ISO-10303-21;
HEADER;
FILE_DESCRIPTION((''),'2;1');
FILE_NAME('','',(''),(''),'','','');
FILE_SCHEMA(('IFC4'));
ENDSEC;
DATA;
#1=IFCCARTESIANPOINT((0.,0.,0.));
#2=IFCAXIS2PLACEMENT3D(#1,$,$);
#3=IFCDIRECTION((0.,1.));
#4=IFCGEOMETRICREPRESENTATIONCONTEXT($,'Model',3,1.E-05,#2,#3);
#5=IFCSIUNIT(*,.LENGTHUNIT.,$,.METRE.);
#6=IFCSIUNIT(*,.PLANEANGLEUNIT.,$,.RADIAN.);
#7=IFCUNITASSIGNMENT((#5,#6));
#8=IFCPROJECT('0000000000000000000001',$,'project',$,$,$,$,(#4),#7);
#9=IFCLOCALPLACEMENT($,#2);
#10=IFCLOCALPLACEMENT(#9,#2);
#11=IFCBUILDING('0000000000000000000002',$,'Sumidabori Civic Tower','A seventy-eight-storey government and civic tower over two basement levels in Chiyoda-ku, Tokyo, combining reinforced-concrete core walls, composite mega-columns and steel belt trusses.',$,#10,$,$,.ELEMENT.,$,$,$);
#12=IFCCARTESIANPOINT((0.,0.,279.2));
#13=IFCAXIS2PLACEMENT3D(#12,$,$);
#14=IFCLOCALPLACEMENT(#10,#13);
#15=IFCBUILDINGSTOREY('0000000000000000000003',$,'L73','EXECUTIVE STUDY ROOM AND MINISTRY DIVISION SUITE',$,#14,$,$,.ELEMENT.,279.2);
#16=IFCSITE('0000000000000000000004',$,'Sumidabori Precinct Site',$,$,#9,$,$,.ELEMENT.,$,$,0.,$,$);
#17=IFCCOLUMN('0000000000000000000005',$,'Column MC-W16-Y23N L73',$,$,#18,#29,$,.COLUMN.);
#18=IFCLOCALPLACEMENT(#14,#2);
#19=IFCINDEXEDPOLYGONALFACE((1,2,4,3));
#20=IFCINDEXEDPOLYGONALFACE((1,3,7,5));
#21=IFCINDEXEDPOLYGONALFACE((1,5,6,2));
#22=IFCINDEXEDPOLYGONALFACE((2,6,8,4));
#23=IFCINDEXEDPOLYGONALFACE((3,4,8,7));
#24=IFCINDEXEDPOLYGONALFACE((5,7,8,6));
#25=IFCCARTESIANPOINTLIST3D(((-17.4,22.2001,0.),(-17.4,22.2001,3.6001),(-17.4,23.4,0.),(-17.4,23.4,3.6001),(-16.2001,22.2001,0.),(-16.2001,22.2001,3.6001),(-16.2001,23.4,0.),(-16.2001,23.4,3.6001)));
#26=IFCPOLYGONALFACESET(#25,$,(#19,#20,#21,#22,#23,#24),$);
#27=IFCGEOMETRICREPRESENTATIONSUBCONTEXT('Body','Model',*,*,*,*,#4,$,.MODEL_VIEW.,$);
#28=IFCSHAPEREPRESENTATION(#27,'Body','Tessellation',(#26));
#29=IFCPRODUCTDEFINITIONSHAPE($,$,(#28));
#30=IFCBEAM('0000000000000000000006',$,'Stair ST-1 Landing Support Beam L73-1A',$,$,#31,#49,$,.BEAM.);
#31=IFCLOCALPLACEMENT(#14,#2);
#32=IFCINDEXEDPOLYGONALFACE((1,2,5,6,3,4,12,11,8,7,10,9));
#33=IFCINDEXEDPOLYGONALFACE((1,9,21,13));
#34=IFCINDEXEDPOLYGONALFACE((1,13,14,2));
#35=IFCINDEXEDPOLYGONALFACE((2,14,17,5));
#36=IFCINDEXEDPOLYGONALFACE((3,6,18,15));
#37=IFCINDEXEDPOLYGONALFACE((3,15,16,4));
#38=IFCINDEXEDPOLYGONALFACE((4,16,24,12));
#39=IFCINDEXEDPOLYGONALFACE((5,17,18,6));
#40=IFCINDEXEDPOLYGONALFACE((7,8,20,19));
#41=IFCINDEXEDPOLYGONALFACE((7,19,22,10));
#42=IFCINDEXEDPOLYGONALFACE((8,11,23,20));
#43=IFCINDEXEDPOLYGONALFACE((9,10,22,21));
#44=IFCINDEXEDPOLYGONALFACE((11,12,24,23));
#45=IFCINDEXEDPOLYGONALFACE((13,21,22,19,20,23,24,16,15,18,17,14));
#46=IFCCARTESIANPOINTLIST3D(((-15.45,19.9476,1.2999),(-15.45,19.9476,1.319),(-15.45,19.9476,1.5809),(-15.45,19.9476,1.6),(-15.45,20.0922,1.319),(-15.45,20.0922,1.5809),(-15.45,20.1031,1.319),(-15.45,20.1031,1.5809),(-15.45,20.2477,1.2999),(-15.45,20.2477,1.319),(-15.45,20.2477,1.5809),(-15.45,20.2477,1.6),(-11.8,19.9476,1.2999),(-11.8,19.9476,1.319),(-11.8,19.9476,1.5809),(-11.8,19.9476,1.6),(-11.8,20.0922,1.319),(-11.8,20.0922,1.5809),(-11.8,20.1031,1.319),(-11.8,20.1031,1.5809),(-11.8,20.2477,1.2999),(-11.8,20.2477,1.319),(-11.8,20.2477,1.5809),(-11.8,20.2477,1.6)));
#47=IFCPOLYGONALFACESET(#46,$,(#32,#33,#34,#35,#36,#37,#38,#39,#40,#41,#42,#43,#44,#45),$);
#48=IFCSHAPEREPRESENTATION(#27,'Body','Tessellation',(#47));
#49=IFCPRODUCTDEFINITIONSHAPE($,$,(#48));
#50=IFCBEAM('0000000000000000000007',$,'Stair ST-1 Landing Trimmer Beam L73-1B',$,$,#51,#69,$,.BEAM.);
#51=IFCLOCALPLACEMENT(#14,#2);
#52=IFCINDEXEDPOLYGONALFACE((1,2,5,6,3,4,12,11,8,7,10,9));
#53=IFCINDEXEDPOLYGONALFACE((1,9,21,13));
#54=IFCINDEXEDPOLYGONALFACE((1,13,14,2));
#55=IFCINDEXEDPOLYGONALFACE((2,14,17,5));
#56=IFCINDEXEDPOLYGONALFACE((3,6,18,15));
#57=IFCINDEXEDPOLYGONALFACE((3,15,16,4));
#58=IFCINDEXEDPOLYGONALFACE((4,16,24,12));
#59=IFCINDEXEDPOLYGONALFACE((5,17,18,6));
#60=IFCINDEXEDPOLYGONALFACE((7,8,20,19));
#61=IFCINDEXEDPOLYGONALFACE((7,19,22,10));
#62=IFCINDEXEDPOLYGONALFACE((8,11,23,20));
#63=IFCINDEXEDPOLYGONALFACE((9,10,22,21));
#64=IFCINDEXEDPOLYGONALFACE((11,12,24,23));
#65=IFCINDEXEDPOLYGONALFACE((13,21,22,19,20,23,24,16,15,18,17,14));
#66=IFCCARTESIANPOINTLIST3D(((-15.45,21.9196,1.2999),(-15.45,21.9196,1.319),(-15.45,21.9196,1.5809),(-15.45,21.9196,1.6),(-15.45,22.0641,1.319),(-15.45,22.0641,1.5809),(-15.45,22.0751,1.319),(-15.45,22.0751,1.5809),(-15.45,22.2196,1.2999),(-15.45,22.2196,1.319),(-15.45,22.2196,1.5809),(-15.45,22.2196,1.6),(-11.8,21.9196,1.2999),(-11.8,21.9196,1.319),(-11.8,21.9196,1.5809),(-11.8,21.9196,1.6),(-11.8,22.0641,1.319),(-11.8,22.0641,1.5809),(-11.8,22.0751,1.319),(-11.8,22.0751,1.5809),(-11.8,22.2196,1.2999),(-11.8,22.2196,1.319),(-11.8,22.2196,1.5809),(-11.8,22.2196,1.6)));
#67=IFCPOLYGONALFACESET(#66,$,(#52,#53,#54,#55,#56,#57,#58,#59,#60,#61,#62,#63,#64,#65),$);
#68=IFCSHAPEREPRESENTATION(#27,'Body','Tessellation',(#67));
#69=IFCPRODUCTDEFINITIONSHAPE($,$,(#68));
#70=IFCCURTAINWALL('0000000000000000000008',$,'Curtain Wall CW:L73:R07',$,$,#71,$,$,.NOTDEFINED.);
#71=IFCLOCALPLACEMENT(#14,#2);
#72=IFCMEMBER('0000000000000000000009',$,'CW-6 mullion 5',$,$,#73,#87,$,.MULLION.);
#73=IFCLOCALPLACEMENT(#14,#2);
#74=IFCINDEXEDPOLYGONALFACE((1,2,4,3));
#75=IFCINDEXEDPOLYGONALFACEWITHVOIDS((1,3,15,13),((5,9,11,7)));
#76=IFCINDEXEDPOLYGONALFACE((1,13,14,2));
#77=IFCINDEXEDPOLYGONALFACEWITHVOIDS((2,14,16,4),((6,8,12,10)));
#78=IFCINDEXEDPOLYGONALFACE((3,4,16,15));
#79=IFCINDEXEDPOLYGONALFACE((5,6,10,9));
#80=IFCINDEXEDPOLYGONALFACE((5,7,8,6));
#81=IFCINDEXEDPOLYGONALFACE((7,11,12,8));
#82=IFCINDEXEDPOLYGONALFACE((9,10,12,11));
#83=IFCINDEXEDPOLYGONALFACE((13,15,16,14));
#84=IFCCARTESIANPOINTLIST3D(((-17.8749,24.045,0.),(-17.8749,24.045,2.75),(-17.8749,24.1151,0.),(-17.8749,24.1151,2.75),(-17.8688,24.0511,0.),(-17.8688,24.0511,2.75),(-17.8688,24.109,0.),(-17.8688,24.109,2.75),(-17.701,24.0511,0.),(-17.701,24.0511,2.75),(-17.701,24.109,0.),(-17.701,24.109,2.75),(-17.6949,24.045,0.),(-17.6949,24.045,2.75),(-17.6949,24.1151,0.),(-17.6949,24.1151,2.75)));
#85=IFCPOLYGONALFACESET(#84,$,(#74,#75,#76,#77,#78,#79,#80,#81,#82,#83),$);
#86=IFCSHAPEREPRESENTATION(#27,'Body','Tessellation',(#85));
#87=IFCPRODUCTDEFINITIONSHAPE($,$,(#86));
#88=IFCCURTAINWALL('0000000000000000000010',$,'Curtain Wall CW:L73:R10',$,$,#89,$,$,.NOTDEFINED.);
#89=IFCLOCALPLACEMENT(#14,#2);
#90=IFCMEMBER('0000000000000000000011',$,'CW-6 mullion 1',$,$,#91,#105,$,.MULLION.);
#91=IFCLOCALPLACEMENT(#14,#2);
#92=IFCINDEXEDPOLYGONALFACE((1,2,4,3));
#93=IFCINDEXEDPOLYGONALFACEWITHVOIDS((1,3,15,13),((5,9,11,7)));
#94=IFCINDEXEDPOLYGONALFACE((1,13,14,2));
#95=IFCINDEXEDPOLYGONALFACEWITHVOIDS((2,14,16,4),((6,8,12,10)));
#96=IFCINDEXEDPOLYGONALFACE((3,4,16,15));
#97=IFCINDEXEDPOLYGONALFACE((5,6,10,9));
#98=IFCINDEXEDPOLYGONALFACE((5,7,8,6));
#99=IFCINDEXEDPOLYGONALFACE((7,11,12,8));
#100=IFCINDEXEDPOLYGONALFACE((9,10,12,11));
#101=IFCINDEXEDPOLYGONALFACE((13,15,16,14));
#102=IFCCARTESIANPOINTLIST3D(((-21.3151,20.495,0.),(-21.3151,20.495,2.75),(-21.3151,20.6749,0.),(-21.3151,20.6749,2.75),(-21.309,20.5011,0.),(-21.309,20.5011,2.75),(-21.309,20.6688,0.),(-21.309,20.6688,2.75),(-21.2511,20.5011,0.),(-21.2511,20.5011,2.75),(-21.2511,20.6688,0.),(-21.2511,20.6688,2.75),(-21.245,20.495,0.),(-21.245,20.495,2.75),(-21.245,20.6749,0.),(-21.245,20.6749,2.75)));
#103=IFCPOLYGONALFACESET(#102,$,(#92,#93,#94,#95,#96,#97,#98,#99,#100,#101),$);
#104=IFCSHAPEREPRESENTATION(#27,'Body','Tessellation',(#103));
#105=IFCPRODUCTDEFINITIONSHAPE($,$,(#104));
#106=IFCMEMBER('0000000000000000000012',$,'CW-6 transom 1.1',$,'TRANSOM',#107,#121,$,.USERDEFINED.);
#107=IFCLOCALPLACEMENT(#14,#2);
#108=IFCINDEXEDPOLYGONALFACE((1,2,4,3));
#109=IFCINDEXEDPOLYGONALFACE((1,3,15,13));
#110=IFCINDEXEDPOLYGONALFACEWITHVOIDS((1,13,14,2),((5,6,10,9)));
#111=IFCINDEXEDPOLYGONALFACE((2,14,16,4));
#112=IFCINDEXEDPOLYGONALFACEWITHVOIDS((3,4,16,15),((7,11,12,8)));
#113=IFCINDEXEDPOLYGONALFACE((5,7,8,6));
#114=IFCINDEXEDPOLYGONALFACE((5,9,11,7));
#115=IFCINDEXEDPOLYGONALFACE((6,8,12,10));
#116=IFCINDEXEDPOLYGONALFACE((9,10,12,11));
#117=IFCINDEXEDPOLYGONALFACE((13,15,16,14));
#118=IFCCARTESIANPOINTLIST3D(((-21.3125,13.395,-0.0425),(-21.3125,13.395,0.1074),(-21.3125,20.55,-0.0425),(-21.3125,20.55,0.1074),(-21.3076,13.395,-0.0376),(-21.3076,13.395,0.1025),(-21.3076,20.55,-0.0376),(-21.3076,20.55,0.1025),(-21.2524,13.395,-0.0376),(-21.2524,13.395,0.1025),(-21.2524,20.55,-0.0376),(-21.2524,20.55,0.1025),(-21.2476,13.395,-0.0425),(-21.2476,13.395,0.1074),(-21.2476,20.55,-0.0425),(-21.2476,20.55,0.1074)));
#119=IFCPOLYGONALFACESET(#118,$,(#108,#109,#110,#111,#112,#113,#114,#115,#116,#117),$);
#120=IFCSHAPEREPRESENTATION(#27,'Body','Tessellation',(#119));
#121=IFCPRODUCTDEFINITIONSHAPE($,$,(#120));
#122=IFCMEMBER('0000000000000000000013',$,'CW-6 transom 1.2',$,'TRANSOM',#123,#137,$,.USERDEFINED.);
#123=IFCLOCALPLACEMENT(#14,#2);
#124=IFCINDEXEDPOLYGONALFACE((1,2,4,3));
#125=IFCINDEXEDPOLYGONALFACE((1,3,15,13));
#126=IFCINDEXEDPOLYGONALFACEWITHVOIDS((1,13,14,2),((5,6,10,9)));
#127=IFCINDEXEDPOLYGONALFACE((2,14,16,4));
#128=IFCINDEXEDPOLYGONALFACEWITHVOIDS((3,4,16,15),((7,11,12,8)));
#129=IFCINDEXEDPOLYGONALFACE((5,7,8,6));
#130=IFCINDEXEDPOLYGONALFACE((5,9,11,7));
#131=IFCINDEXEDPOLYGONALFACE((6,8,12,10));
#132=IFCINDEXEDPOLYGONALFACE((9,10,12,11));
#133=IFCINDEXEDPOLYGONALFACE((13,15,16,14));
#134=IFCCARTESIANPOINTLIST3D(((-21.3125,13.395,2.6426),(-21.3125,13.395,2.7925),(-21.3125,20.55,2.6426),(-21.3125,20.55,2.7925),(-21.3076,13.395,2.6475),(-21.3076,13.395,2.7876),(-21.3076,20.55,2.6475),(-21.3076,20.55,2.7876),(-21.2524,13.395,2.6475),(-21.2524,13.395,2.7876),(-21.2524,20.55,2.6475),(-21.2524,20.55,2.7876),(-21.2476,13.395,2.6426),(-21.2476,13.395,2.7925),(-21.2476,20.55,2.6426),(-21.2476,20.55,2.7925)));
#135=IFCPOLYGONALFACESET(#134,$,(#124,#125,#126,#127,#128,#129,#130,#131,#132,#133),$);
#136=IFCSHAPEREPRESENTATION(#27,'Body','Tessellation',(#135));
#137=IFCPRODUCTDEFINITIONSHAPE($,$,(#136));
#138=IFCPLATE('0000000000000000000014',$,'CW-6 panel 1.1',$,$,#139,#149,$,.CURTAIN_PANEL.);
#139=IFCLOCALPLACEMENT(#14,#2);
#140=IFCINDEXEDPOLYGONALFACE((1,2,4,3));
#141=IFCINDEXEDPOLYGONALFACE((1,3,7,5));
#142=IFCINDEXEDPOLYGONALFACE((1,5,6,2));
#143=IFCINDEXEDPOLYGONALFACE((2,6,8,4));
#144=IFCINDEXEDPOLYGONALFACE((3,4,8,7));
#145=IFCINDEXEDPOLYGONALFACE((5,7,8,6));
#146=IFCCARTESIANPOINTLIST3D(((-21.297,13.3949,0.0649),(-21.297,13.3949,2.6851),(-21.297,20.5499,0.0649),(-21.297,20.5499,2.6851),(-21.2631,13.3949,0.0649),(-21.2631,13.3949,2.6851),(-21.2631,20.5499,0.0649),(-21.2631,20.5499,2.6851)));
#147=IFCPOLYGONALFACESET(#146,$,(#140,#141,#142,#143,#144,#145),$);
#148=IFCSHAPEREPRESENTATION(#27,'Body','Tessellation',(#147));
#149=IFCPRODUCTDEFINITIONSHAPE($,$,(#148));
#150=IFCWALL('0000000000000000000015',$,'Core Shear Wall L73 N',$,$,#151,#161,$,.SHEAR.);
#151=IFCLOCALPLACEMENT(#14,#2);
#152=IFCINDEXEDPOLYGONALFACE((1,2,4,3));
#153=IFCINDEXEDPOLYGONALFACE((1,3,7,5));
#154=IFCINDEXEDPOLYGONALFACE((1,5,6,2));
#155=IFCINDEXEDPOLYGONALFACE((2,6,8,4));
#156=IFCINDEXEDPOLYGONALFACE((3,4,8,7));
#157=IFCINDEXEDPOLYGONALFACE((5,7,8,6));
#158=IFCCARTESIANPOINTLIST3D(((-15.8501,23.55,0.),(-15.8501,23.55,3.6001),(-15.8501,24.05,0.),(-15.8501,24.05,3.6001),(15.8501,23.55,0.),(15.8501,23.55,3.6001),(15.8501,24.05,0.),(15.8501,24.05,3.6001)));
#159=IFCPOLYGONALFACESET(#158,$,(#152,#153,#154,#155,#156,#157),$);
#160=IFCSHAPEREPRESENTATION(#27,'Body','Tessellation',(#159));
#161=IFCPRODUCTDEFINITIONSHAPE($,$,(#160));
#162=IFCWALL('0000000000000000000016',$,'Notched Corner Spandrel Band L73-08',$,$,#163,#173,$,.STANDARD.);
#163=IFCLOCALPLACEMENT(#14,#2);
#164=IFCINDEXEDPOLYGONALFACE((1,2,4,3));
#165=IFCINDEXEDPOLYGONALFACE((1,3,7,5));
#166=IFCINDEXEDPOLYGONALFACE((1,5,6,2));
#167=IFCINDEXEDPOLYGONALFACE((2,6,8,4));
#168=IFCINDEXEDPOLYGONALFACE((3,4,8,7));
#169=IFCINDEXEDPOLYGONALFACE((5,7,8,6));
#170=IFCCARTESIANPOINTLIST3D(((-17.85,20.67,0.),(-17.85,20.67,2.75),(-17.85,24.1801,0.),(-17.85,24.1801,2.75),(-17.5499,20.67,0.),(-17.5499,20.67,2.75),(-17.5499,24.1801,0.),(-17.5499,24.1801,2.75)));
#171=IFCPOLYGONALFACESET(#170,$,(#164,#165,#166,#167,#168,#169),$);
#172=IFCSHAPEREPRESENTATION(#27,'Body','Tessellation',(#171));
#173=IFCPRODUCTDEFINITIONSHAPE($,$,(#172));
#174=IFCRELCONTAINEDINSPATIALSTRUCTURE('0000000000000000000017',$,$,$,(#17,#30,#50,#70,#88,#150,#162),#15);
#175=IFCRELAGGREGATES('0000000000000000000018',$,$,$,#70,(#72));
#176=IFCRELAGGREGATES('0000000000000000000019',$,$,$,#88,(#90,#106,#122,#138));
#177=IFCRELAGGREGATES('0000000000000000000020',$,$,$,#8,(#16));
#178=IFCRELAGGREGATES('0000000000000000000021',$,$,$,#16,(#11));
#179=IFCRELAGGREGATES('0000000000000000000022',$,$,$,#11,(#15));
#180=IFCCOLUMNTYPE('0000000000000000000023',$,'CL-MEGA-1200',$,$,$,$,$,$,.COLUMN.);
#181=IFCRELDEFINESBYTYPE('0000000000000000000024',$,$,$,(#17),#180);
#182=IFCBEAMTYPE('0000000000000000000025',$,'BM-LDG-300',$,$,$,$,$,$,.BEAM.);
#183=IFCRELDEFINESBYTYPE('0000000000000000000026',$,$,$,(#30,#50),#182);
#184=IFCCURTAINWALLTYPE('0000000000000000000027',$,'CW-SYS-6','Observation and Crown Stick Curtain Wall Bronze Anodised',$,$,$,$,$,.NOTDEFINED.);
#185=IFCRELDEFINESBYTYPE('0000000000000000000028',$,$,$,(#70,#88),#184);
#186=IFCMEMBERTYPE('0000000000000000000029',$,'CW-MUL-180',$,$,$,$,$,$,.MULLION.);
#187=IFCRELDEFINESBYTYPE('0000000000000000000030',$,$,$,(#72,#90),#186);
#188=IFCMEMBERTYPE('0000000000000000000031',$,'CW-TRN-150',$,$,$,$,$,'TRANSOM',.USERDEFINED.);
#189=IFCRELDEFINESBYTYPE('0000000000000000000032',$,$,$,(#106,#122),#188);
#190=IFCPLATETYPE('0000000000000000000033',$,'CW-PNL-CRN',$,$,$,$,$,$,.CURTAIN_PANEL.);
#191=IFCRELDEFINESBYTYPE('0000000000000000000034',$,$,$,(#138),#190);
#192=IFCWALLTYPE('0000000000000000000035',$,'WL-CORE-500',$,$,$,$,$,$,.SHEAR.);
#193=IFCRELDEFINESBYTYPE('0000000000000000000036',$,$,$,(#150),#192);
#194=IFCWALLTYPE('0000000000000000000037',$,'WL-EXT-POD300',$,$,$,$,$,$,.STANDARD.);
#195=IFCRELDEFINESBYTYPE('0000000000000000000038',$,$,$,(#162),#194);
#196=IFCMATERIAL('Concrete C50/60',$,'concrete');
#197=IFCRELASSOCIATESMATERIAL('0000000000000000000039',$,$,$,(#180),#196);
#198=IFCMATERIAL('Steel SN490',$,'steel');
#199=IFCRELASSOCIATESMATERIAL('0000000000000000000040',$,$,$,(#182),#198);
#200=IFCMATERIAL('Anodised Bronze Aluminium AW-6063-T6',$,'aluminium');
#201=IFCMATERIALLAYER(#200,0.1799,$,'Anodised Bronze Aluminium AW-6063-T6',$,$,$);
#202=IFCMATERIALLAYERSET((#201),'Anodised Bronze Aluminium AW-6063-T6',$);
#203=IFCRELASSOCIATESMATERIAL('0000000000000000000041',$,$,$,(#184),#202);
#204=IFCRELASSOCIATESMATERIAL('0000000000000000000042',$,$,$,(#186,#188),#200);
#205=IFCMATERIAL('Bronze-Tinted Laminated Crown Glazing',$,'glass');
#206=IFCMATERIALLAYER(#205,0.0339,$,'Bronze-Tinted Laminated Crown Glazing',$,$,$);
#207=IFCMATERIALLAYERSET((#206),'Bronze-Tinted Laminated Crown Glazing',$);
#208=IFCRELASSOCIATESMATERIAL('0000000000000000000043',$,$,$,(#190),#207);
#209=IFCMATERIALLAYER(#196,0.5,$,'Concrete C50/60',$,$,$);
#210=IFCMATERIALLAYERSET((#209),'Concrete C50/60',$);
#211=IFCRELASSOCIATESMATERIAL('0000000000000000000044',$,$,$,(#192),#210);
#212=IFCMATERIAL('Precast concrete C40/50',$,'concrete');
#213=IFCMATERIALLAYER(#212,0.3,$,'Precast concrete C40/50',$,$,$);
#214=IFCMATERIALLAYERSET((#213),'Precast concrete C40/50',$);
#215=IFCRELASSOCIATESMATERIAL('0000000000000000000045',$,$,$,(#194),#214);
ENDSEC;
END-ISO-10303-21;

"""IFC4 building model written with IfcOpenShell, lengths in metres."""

from ifc_helpers import new_model, si_unit, direction, frame, frame_2d, origin, origin_2d, place, context, subcontext, project, spatial, rectangle, hollow_rectangle, i_section, extrude, source, transform, mapped, material, layer, layer_set, material_profile, profile_set, type_object, element, aggregate, save


model = new_model("IFC4")

# Units and contexts
model_context = context("Model", 3, precision=1e-05, world=origin(), true_north=direction((0.0, 1.0)))
body_context = subcontext(model_context, "Body", "Model", "MODEL_VIEW")
ifc_project = project(units=[si_unit("LENGTHUNIT", "METRE"), si_unit("PLANEANGLEUNIT", "RADIAN")], contexts=[model_context])

# Site, building, storey
site_placement = place(None, origin())
site = spatial("IfcSite", under=ifc_project, at=site_placement, Name="Sumidabori Precinct Site", CompositionType="ELEMENT", RefElevation=0.0)
building_placement = place(site_placement, origin())
building = spatial("IfcBuilding", under=site, at=building_placement, Name="Sumidabori Civic Tower", Description="A seventy-eight-storey government and civic tower over two basement levels in Chiyoda-ku, Tokyo, combining reinforced-concrete core walls, composite mega-columns and steel belt trusses.", CompositionType="ELEMENT")
storey_placement = place(building_placement, frame((0.0, 0.0, 279.2)))
storey = spatial("IfcBuildingStorey", under=building, at=storey_placement, Name="L73", Description="EXECUTIVE STUDY ROOM AND MINISTRY DIVISION SUITE", CompositionType="ELEMENT", Elevation=279.2)

# Column
ifc_material_1 = material(Name="Concrete C50/60", Category="concrete")
ifc_material_profile_1 = material_profile(ifc_material_1, rectangle(XDim=1.2, YDim=1.2, at=origin_2d()), Name="RC 1200x1200")
ifc_profile_set_1 = profile_set([ifc_material_profile_1], Name="Concrete C50/60")
column_type = type_object("IfcColumnType", Name="CL-MEGA-1200", PredefinedType="COLUMN", material=ifc_profile_set_1)
shared_shape_1 = source(origin(), body_context, "Body", "SweptSolid", [
    extrude(rectangle(XDim=1.2, YDim=1.2, at=origin_2d()), origin(), (0.0, 0.0, 1.0), 3.6001),
])
column_placement = place(storey_placement, frame((-16.8, 22.8, 0.0), z_axis=(0.0, 0.0, 1.0), x_axis=(1.0, 0.0, 0.0)))
element("IfcColumn", 1, at=column_placement, inside=storey, type_object=column_type, Name="Column MC-W16-Y23N L73", PredefinedType="COLUMN", context=body_context, shape_type="MappedRepresentation", body=[
    mapped(shared_shape_1, transform((0.0, 0.0, 0.0), x_axis=(1.0, 0.0, 0.0), y_axis=(0.0, 1.0, 0.0), z_axis=(0.0, 0.0, 1.0), scale=1.0)),
])

# Beams
ifc_material_2 = material(Name="Steel SN490", Category="steel")
ifc_material_profile_2 = material_profile(ifc_material_2, i_section(OverallWidth=0.3, OverallDepth=0.3, WebThickness=0.011, FlangeThickness=0.019, at=origin_2d()), Name="HE 300 B")
ifc_profile_set_2 = profile_set([ifc_material_profile_2], Name="Steel SN490")
beam_type = type_object("IfcBeamType", Name="BM-LDG-300", PredefinedType="BEAM", material=ifc_profile_set_2)
shared_shape_2 = source(origin(), body_context, "Body", "SweptSolid", [
    extrude(i_section(OverallWidth=0.3, OverallDepth=0.3, WebThickness=0.011, FlangeThickness=0.019, at=origin_2d()), origin(), (0.0, 0.0, 1.0), 3.6499),
])
for number, where, z_axis, x_axis, name in (
    (2, (-15.45, 20.0977, 1.45), (1.0, 0.0, 0.0), (0.0, 1.0, 0.0), "Stair ST-1 Landing Support Beam L73-1A"),
    (3, (-15.45, 22.0696, 1.45), (1.0, 0.0, 0.0), (0.0, 1.0, 0.0), "Stair ST-1 Landing Trimmer Beam L73-1B"),
):
    element("IfcBeam", number, at=place(storey_placement, frame(where, z_axis=z_axis, x_axis=x_axis)), inside=storey, type_object=beam_type, Name=name, PredefinedType="BEAM", context=body_context, shape_type="MappedRepresentation", body=[
        mapped(shared_shape_2, transform((0.0, 0.0, 0.0), x_axis=(1.0, 0.0, 0.0), y_axis=(0.0, 1.0, 0.0), z_axis=(0.0, 0.0, 1.0), scale=1.0)),
    ])

# Curtain wall, member
ifc_material_3 = material(Name="Anodised Bronze Aluminium AW-6063-T6", Category="aluminium")
ifc_layer_1 = layer(ifc_material_3, 0.1799, Name="Anodised Bronze Aluminium AW-6063-T6")
ifc_layer_set_1 = layer_set([ifc_layer_1], Name="Anodised Bronze Aluminium AW-6063-T6")
curtain_wall_type = type_object("IfcCurtainWallType", Name="CW-SYS-6", Description="Observation and Crown Stick Curtain Wall Bronze Anodised", PredefinedType="NOTDEFINED", material=ifc_layer_set_1)
curtain_wall_1_placement = place(storey_placement, origin())
curtain_wall_1 = element("IfcCurtainWall", 4, at=curtain_wall_1_placement, inside=storey, type_object=curtain_wall_type, Name="Curtain Wall CW:L73:R07", PredefinedType="NOTDEFINED")
ifc_material_profile_3 = material_profile(ifc_material_3, hollow_rectangle(XDim=0.0701, YDim=0.1799, WallThickness=0.0061, at=origin_2d()), Name="ALU MULLION 180x70")
ifc_profile_set_3 = profile_set([ifc_material_profile_3], Name="Anodised Bronze Aluminium AW-6063-T6")
member_type_1 = type_object("IfcMemberType", Name="CW-MUL-180", PredefinedType="MULLION", material=ifc_profile_set_3)
shared_shape_3 = source(origin(), body_context, "Body", "SweptSolid", [
    extrude(hollow_rectangle(XDim=0.0701, YDim=0.1799, WallThickness=0.0061, at=origin_2d()), origin(), (0.0, 0.0, 1.0), 2.75),
])
member_1_placement = place(storey_placement, frame((-17.7849, 24.0801, 0.0), z_axis=(0.0, 0.0, 1.0), x_axis=(0.0, -1.0, 0.0)))
member_1 = element("IfcMember", 5, at=member_1_placement, type_object=member_type_1, Name="CW-6 mullion 5", PredefinedType="MULLION", context=body_context, shape_type="MappedRepresentation", body=[
    mapped(shared_shape_3, transform((0.0, 0.0, 0.0), x_axis=(1.0, 0.0, 0.0), y_axis=(0.0, 1.0, 0.0), z_axis=(0.0, 0.0, 1.0), scale=1.0)),
])
aggregate(curtain_wall_1, [member_1])

# Curtain wall, members, plate
curtain_wall_2_placement = place(storey_placement, origin())
curtain_wall_2 = element("IfcCurtainWall", 6, at=curtain_wall_2_placement, inside=storey, type_object=curtain_wall_type, Name="Curtain Wall CW:L73:R10", PredefinedType="NOTDEFINED")
member_2_placement = place(storey_placement, frame((-21.28, 20.585, 0.0), z_axis=(0.0, 0.0, 1.0), x_axis=(1.0, 0.0, 0.0)))
member_2 = element("IfcMember", 7, at=member_2_placement, type_object=member_type_1, Name="CW-6 mullion 1", PredefinedType="MULLION", context=body_context, shape_type="MappedRepresentation", body=[
    mapped(shared_shape_3, transform((0.0, 0.0, 0.0), x_axis=(1.0, 0.0, 0.0), y_axis=(0.0, 1.0, 0.0), z_axis=(0.0, 0.0, 1.0), scale=1.0)),
])
ifc_material_profile_4 = material_profile(ifc_material_3, hollow_rectangle(XDim=0.0649, YDim=0.1499, WallThickness=0.0049, at=origin_2d()), Name="ALU TRANSOM 150x65")
ifc_profile_set_4 = profile_set([ifc_material_profile_4], Name="Anodised Bronze Aluminium AW-6063-T6")
member_type_2 = type_object("IfcMemberType", Name="CW-TRN-150", ElementType="TRANSOM", PredefinedType="USERDEFINED", material=ifc_profile_set_4)
shared_shape_4 = source(origin(), body_context, "Body", "SweptSolid", [
    extrude(hollow_rectangle(XDim=0.0649, YDim=0.1499, WallThickness=0.0049, at=origin_2d()), origin(), (0.0, 0.0, 1.0), 7.155),
])
member_3_placement = place(storey_placement, frame((-21.28, 20.55, 0.0325), z_axis=(0.0, -1.0, 0.0), x_axis=(1.0, 0.0, 0.0)))
member_3 = element("IfcMember", 8, at=member_3_placement, type_object=member_type_2, Name="CW-6 transom 1.1", ObjectType="TRANSOM", PredefinedType="USERDEFINED", context=body_context, shape_type="MappedRepresentation", body=[
    mapped(shared_shape_4, transform((0.0, 0.0, 0.0), x_axis=(1.0, 0.0, 0.0), y_axis=(0.0, 1.0, 0.0), z_axis=(0.0, 0.0, 1.0), scale=1.0)),
])
member_4_placement = place(storey_placement, frame((-21.28, 20.55, 2.7175), z_axis=(0.0, -1.0, 0.0), x_axis=(1.0, 0.0, 0.0)))
member_4 = element("IfcMember", 9, at=member_4_placement, type_object=member_type_2, Name="CW-6 transom 1.2", ObjectType="TRANSOM", PredefinedType="USERDEFINED", context=body_context, shape_type="MappedRepresentation", body=[
    mapped(shared_shape_4, transform((0.0, 0.0, 0.0), x_axis=(1.0, 0.0, 0.0), y_axis=(0.0, 1.0, 0.0), z_axis=(0.0, 0.0, 1.0), scale=1.0)),
])
ifc_material_4 = material(Name="Bronze-Tinted Laminated Crown Glazing", Category="glass")
ifc_layer_2 = layer(ifc_material_4, 0.0339, Name="Bronze-Tinted Laminated Crown Glazing")
ifc_layer_set_2 = layer_set([ifc_layer_2], Name="Bronze-Tinted Laminated Crown Glazing")
plate_type = type_object("IfcPlateType", Name="CW-PNL-CRN", PredefinedType="CURTAIN_PANEL", material=ifc_layer_set_2)
shared_shape_5 = source(origin(), body_context, "Body", "SweptSolid", [
    extrude(rectangle(XDim=7.155, YDim=0.0339, at=origin_2d()), origin(), (0.0, 0.0, 1.0), 2.6201),
])
plate_placement = place(storey_placement, frame((-21.28, 16.9724, 0.0649), z_axis=(0.0, 0.0, 1.0), x_axis=(0.0, -1.0, 0.0)))
plate = element("IfcPlate", 10, at=plate_placement, type_object=plate_type, Name="CW-6 panel 1.1", PredefinedType="CURTAIN_PANEL", context=body_context, shape_type="MappedRepresentation", body=[
    mapped(shared_shape_5, transform((0.0, 0.0, 0.0), x_axis=(1.0, 0.0, 0.0), y_axis=(0.0, 1.0, 0.0), z_axis=(0.0, 0.0, 1.0), scale=1.0)),
])
aggregate(curtain_wall_2, [member_2, member_3, member_4, plate])

# Walls
ifc_layer_3 = layer(ifc_material_1, 0.5, Name="Concrete C50/60")
ifc_layer_set_3 = layer_set([ifc_layer_3], Name="Concrete C50/60")
wall_type_1 = type_object("IfcWallType", Name="WL-CORE-500", PredefinedType="SHEAR", material=ifc_layer_set_3)
shared_shape_6 = source(origin(), body_context, "Body", "SweptSolid", [
    extrude(rectangle(XDim=31.7002, YDim=0.5, at=frame_2d((15.8501, 0.0))), origin(), (0.0, 0.0, 1.0), 3.6001),
])
wall_1_placement = place(storey_placement, frame((-15.8501, 23.8, 0.0), z_axis=(0.0, 0.0, 1.0), x_axis=(1.0, 0.0, 0.0)))
element("IfcWall", 11, at=wall_1_placement, inside=storey, type_object=wall_type_1, Name="Core Shear Wall L73 N", PredefinedType="SHEAR", context=body_context, shape_type="MappedRepresentation", body=[
    mapped(shared_shape_6, transform((0.0, 0.0, 0.0), x_axis=(1.0, 0.0, 0.0), y_axis=(0.0, 1.0, 0.0), z_axis=(0.0, 0.0, 1.0), scale=1.0)),
])
ifc_material_5 = material(Name="Precast concrete C40/50", Category="concrete")
ifc_layer_4 = layer(ifc_material_5, 0.3, Name="Precast concrete C40/50")
ifc_layer_set_4 = layer_set([ifc_layer_4], Name="Precast concrete C40/50")
wall_type_2 = type_object("IfcWallType", Name="WL-EXT-POD300", PredefinedType="STANDARD", material=ifc_layer_set_4)
shared_shape_7 = source(origin(), body_context, "Body", "SweptSolid", [
    extrude(rectangle(XDim=3.51, YDim=0.3, at=frame_2d((1.7549, 0.0))), origin(), (0.0, 0.0, 1.0), 2.75),
])
wall_2_placement = place(storey_placement, frame((-17.7, 24.1799, 0.0), z_axis=(0.0, 0.0, 1.0), x_axis=(0.0, -1.0, 0.0)))
element("IfcWall", 12, at=wall_2_placement, inside=storey, type_object=wall_type_2, Name="Notched Corner Spandrel Band L73-08", PredefinedType="STANDARD", context=body_context, shape_type="MappedRepresentation", body=[
    mapped(shared_shape_7, transform((0.0, 0.0, 0.0), x_axis=(1.0, 0.0, 0.0), y_axis=(0.0, 1.0, 0.0), z_axis=(0.0, 0.0, 1.0), scale=1.0)),
])

save(model, "model.ifc")
